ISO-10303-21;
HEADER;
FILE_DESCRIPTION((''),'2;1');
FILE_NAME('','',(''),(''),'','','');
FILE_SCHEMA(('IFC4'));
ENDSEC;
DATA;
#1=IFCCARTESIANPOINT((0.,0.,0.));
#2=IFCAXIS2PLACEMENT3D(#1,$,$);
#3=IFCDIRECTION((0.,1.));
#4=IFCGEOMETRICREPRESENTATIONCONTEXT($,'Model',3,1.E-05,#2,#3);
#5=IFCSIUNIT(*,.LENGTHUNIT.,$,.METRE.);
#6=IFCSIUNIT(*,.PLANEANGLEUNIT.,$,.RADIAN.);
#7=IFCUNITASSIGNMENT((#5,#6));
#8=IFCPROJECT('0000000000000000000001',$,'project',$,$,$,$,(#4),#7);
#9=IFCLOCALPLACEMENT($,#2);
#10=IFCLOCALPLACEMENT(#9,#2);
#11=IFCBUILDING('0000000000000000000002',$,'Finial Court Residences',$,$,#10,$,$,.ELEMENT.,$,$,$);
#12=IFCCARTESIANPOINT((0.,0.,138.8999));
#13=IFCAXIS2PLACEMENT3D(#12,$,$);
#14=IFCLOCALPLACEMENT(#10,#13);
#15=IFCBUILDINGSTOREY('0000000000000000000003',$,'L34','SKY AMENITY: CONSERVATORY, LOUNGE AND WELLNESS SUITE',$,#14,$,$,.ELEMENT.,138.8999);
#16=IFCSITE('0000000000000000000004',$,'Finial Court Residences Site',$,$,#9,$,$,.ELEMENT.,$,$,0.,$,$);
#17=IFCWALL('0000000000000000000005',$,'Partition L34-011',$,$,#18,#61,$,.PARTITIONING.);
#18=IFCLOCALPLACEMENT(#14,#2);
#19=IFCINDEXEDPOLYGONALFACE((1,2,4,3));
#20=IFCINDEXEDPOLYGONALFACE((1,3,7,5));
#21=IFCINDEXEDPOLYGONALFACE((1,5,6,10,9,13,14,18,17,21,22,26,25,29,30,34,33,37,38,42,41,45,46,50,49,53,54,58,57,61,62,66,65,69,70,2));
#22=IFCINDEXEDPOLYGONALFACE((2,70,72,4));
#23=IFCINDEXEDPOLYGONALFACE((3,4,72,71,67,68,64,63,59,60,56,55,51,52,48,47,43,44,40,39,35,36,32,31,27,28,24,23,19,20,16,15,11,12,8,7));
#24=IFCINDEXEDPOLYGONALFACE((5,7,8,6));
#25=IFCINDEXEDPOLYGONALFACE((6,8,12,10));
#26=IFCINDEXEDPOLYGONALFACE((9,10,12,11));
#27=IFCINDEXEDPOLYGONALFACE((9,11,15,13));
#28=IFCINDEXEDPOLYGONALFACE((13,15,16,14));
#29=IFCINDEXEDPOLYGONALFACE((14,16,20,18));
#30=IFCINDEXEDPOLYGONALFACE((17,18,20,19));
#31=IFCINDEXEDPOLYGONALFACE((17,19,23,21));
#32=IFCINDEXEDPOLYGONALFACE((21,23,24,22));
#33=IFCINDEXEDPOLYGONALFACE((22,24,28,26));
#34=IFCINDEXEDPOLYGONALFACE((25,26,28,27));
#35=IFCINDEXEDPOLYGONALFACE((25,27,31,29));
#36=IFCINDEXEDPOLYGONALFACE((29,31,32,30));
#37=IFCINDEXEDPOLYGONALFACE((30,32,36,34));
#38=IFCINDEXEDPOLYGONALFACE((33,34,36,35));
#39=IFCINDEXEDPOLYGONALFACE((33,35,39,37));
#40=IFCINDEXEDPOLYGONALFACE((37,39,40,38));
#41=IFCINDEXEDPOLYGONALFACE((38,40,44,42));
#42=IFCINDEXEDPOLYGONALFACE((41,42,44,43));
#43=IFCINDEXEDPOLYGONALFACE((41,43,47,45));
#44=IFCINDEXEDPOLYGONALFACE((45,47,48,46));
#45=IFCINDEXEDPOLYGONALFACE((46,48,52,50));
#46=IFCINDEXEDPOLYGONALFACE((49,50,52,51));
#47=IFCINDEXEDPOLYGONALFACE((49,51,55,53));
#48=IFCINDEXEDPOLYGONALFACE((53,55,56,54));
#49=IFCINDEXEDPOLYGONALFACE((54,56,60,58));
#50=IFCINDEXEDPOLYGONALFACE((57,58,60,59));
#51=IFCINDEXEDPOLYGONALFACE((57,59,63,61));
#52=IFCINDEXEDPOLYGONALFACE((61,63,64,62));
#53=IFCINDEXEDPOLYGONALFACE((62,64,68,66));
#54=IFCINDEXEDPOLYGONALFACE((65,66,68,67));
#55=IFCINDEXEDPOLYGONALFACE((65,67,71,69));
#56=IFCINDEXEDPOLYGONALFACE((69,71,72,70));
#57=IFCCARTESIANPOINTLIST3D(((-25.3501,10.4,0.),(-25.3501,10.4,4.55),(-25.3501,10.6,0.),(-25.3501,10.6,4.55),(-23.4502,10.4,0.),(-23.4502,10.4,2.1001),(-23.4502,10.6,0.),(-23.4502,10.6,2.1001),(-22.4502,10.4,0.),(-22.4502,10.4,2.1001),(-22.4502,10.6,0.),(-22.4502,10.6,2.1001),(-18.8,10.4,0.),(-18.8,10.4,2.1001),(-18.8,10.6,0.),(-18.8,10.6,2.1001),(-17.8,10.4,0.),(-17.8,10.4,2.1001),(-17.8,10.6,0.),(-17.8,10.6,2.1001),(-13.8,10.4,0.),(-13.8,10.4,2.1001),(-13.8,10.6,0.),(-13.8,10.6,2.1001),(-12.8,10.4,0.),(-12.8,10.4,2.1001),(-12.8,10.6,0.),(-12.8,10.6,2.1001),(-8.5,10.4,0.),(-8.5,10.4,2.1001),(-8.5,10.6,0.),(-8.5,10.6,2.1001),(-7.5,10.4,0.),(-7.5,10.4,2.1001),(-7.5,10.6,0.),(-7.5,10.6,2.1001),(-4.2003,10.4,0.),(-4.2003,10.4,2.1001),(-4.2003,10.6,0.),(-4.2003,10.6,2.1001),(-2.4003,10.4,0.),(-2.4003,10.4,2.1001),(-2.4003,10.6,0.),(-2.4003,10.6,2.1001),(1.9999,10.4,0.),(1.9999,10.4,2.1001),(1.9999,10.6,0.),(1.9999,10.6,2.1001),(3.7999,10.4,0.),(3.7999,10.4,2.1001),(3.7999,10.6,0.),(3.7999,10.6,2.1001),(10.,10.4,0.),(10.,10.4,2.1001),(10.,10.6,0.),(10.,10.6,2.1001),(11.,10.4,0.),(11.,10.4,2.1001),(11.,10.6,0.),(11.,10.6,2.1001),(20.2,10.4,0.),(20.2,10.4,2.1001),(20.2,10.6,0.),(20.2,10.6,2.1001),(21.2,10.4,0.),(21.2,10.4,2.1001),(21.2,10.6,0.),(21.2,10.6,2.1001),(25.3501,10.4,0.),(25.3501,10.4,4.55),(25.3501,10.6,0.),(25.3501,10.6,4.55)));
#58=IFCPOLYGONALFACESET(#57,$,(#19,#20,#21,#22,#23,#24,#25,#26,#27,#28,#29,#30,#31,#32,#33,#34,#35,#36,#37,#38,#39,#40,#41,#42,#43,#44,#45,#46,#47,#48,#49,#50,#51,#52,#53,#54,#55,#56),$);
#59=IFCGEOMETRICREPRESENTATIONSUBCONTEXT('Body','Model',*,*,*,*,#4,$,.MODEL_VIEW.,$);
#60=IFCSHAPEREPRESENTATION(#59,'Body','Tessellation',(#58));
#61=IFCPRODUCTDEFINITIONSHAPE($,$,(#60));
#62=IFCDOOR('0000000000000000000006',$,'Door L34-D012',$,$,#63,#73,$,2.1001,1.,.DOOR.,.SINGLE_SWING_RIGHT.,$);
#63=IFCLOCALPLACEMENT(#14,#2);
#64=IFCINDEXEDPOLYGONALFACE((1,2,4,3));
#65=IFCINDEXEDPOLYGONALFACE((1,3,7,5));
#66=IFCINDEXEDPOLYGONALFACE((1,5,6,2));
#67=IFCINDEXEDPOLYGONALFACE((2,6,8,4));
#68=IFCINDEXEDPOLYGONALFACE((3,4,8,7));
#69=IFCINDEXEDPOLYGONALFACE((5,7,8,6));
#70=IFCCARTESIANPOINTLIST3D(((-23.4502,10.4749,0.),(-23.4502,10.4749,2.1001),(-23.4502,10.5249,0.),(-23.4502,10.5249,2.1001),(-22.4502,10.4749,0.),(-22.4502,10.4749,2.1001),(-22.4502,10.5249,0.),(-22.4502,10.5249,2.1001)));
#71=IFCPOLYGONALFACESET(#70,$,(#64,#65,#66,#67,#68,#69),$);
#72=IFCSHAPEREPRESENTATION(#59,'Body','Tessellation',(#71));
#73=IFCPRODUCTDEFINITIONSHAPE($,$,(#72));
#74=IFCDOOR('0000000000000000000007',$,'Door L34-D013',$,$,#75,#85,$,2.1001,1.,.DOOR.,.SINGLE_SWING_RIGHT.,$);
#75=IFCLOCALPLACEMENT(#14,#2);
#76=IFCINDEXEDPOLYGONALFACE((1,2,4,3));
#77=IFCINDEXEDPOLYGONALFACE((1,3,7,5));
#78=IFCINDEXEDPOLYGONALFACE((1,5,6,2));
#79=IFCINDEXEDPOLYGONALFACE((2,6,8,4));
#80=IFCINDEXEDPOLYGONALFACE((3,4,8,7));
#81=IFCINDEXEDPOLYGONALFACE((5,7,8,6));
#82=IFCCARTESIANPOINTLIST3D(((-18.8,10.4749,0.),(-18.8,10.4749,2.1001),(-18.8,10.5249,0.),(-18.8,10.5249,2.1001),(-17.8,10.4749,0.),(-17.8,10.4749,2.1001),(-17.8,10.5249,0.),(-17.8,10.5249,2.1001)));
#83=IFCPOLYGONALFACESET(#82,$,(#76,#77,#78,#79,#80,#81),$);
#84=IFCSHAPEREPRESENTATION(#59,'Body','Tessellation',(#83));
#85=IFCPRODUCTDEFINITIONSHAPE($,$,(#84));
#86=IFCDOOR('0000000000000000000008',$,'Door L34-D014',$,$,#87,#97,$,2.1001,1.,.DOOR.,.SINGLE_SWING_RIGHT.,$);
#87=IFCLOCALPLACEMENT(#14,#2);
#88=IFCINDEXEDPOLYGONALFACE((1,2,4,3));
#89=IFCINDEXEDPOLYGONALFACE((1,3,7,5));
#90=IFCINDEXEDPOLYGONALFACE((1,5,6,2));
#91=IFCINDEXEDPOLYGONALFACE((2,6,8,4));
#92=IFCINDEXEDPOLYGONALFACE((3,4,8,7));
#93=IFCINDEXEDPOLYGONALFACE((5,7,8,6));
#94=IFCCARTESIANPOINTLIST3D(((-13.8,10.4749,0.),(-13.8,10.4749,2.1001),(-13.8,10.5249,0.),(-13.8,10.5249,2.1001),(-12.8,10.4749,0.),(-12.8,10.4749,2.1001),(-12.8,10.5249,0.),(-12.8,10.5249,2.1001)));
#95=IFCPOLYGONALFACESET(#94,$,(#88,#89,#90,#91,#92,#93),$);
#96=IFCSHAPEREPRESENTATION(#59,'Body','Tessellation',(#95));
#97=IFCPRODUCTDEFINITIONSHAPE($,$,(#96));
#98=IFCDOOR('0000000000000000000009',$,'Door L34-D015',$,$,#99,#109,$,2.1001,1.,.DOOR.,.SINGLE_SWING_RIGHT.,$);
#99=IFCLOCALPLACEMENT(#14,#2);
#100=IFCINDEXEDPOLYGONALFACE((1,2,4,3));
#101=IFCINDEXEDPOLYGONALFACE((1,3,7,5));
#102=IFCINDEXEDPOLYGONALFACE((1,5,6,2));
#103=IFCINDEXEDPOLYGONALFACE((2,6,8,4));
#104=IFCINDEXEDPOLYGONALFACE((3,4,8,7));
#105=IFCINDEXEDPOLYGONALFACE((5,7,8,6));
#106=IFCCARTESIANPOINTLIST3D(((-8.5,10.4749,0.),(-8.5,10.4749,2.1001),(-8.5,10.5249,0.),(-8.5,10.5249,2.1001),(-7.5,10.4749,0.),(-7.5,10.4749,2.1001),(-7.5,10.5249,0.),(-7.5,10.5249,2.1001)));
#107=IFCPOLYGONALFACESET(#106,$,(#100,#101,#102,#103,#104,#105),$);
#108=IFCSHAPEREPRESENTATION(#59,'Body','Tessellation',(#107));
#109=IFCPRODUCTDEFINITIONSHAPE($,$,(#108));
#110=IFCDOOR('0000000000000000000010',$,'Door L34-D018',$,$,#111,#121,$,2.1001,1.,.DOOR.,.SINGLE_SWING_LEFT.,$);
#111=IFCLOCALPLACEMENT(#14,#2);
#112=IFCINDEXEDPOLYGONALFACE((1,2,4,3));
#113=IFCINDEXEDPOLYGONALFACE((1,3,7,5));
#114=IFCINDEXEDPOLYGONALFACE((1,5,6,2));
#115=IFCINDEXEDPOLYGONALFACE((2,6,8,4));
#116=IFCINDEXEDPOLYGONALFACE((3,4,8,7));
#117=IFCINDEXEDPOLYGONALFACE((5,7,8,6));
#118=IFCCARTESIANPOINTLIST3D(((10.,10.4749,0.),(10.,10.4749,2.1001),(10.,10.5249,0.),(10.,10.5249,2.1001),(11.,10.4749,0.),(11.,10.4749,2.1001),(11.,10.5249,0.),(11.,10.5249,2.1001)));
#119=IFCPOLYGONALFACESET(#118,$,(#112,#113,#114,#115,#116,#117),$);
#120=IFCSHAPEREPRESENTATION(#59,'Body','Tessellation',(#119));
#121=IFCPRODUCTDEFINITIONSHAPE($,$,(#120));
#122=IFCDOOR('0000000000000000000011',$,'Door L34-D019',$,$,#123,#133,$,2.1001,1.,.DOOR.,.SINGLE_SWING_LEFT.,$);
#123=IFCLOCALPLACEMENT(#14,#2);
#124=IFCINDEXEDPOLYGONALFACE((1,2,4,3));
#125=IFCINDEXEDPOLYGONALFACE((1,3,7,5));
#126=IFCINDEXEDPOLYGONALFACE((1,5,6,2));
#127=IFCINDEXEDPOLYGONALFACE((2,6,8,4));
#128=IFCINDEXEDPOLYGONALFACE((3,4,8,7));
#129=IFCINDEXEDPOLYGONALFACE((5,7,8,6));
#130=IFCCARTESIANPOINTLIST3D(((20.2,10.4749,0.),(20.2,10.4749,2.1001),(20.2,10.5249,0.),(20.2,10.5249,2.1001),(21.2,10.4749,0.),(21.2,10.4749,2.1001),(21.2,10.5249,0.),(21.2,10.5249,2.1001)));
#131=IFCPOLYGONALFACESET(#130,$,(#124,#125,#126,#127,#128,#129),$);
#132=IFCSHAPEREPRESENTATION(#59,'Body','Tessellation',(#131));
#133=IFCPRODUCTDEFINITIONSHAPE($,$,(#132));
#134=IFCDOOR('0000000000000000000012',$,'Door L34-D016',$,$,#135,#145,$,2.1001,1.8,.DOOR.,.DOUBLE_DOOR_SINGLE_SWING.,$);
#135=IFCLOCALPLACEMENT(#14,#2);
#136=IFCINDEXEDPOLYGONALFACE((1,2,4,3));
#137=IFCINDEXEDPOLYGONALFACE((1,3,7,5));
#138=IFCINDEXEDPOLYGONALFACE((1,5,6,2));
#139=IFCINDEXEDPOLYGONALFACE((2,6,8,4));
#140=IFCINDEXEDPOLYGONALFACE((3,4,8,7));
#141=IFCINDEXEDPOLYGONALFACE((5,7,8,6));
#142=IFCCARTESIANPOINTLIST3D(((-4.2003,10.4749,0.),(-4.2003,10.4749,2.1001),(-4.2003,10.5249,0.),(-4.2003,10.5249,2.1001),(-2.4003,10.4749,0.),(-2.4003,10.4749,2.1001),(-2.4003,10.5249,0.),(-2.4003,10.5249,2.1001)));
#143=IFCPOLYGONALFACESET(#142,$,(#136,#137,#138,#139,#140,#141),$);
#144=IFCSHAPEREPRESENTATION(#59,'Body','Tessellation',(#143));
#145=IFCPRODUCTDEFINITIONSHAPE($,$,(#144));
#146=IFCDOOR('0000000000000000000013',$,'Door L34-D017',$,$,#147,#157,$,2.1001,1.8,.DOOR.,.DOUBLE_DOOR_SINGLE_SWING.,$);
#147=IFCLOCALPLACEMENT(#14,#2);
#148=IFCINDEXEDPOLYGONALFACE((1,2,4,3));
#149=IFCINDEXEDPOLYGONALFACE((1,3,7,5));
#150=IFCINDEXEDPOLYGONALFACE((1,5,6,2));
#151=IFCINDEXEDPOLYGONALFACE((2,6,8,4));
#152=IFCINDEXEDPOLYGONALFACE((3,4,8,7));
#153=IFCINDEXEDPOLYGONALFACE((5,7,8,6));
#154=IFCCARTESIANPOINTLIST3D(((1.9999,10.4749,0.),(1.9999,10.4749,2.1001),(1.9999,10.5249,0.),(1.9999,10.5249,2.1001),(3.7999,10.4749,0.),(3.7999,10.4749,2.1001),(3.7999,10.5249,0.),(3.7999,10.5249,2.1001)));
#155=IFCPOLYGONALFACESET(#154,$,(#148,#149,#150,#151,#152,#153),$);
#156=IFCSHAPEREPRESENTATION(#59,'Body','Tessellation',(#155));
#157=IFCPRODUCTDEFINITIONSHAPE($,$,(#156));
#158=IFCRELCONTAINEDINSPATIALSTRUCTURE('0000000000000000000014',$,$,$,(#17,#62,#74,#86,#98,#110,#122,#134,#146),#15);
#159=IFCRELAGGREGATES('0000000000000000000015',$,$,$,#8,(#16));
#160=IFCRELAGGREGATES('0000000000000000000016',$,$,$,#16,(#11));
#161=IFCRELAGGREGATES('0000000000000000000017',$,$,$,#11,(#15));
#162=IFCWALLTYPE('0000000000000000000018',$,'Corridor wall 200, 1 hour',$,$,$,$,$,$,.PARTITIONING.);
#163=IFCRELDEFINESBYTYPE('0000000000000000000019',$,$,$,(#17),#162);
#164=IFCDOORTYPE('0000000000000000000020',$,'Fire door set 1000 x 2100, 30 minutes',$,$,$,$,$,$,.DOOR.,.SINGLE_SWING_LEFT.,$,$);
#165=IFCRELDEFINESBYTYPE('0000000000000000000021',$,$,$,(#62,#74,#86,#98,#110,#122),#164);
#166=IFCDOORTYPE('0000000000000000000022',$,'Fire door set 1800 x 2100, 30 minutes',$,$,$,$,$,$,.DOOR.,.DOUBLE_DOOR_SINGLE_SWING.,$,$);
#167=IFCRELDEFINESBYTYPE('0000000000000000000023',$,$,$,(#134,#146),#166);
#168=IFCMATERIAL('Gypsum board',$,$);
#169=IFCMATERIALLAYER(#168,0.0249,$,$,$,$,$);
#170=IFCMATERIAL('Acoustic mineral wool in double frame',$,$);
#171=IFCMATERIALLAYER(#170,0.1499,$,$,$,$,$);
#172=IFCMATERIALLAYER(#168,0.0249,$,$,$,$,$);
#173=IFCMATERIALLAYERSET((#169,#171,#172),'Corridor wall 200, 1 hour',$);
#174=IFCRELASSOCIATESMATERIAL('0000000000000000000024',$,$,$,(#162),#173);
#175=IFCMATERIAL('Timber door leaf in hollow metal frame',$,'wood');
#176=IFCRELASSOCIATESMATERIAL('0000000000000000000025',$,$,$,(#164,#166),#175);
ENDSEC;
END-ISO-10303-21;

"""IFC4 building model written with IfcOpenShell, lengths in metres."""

from ifc_helpers import new_model, si_unit, direction, frame, frame_2d, origin, place, context, subcontext, project, spatial, rectangle, extrude, material, layer, layer_set, type_object, element, fill, save


model = new_model("IFC4")

# Units and contexts
model_context = context("Model", 3, precision=1e-05, world=origin(), true_north=direction((0.0, 1.0)))
body_context = subcontext(model_context, "Body", "Model", "MODEL_VIEW")
ifc_project = project(units=[si_unit("LENGTHUNIT", "METRE"), si_unit("PLANEANGLEUNIT", "RADIAN")], contexts=[model_context])

# Site, building, storey
site_placement = place(None, origin())
site = spatial("IfcSite", under=ifc_project, at=site_placement, Name="Finial Court Residences Site", CompositionType="ELEMENT", RefElevation=0.0)
building_placement = place(site_placement, origin())
building = spatial("IfcBuilding", under=site, at=building_placement, Name="Finial Court Residences", CompositionType="ELEMENT")
storey_placement = place(building_placement, frame((0.0, 0.0, 138.8999)))
storey = spatial("IfcBuildingStorey", under=building, at=storey_placement, Name="L34", Description="SKY AMENITY: CONSERVATORY, LOUNGE AND WELLNESS SUITE", CompositionType="ELEMENT", Elevation=138.8999)

# Wall, openings, doors
ifc_material_1 = material(Name="Gypsum board")
ifc_layer_1 = layer(ifc_material_1, 0.0249)
ifc_material_2 = material(Name="Acoustic mineral wool in double frame")
ifc_layer_2 = layer(ifc_material_2, 0.1499)
ifc_layer_3 = layer(ifc_material_1, 0.0249)
ifc_layer_set_1 = layer_set([ifc_layer_1, ifc_layer_2, ifc_layer_3], Name="Corridor wall 200, 1 hour")
wall_type = type_object("IfcWallType", Name="Corridor wall 200, 1 hour", PredefinedType="PARTITIONING", material=ifc_layer_set_1)
wall_placement = place(storey_placement, frame((-25.3501, 10.5, 0.0), z_axis=(0.0, 0.0, 1.0), x_axis=(1.0, 0.0, 0.0)))
wall = element("IfcWall", 1, at=wall_placement, inside=storey, type_object=wall_type, Name="Partition L34-011", PredefinedType="PARTITIONING", context=body_context, shape_type="SweptSolid", body=[
    extrude(rectangle(XDim=50.7002, YDim=0.2, at=frame_2d((25.3501, 0.0))), origin(), (0.0, 0.0, 1.0), 4.55),
])
opening_1_placement = place(wall_placement, frame((1.8999, 0.0, 0.0)))
opening_1 = element("IfcOpeningElement", 2, at=opening_1_placement, cuts=wall, PredefinedType="OPENING", context=body_context, shape_type="SweptSolid", body=[
    extrude(rectangle(XDim=1.0, YDim=2.1001, at=frame_2d((0.5, 1.05))), frame((0.0, 0.1099, 0.0), z_axis=(0.0, -1.0, 0.0), x_axis=(1.0, 0.0, 0.0)), (0.0, 0.0, 1.0), 0.22),
])
opening_2_placement = place(wall_placement, frame((6.55, 0.0, 0.0)))
opening_2 = element("IfcOpeningElement", 3, at=opening_2_placement, cuts=wall, PredefinedType="OPENING", context=body_context, shape_type="SweptSolid", body=[
    extrude(rectangle(XDim=1.0, YDim=2.1001, at=frame_2d((0.5, 1.05))), frame((0.0, 0.1099, 0.0), z_axis=(0.0, -1.0, 0.0), x_axis=(1.0, 0.0, 0.0)), (0.0, 0.0, 1.0), 0.22),
])
opening_3_placement = place(wall_placement, frame((11.55, 0.0, 0.0)))
opening_3 = element("IfcOpeningElement", 4, at=opening_3_placement, cuts=wall, PredefinedType="OPENING", context=body_context, shape_type="SweptSolid", body=[
    extrude(rectangle(XDim=1.0, YDim=2.1001, at=frame_2d((0.5, 1.05))), frame((0.0, 0.1099, 0.0), z_axis=(0.0, -1.0, 0.0), x_axis=(1.0, 0.0, 0.0)), (0.0, 0.0, 1.0), 0.22),
])
opening_4_placement = place(wall_placement, frame((16.8501, 0.0, 0.0)))
opening_4 = element("IfcOpeningElement", 5, at=opening_4_placement, cuts=wall, PredefinedType="OPENING", context=body_context, shape_type="SweptSolid", body=[
    extrude(rectangle(XDim=1.0, YDim=2.1001, at=frame_2d((0.5, 1.05))), frame((0.0, 0.1099, 0.0), z_axis=(0.0, -1.0, 0.0), x_axis=(1.0, 0.0, 0.0)), (0.0, 0.0, 1.0), 0.22),
])
opening_5_placement = place(wall_placement, frame((21.1499, 0.0, 0.0)))
opening_5 = element("IfcOpeningElement", 6, at=opening_5_placement, cuts=wall, PredefinedType="OPENING", context=body_context, shape_type="SweptSolid", body=[
    extrude(rectangle(XDim=1.8, YDim=2.1001, at=frame_2d((0.8999, 1.05))), frame((0.0, 0.1099, 0.0), z_axis=(0.0, -1.0, 0.0), x_axis=(1.0, 0.0, 0.0)), (0.0, 0.0, 1.0), 0.22),
])
opening_6_placement = place(wall_placement, frame((27.3501, 0.0, 0.0)))
opening_6 = element("IfcOpeningElement", 7, at=opening_6_placement, cuts=wall, PredefinedType="OPENING", context=body_context, shape_type="SweptSolid", body=[
    extrude(rectangle(XDim=1.8, YDim=2.1001, at=frame_2d((0.8999, 1.05))), frame((0.0, 0.1099, 0.0), z_axis=(0.0, -1.0, 0.0), x_axis=(1.0, 0.0, 0.0)), (0.0, 0.0, 1.0), 0.22),
])
opening_7_placement = place(wall_placement, frame((35.3501, 0.0, 0.0)))
opening_7 = element("IfcOpeningElement", 8, at=opening_7_placement, cuts=wall, PredefinedType="OPENING", context=body_context, shape_type="SweptSolid", body=[
    extrude(rectangle(XDim=1.0, YDim=2.1001, at=frame_2d((0.5, 1.05))), frame((0.0, 0.1099, 0.0), z_axis=(0.0, -1.0, 0.0), x_axis=(1.0, 0.0, 0.0)), (0.0, 0.0, 1.0), 0.22),
])
opening_8_placement = place(wall_placement, frame((45.55, 0.0, 0.0)))
opening_8 = element("IfcOpeningElement", 9, at=opening_8_placement, cuts=wall, PredefinedType="OPENING", context=body_context, shape_type="SweptSolid", body=[
    extrude(rectangle(XDim=1.0, YDim=2.1001, at=frame_2d((0.5, 1.05))), frame((0.0, 0.1099, 0.0), z_axis=(0.0, -1.0, 0.0), x_axis=(1.0, 0.0, 0.0)), (0.0, 0.0, 1.0), 0.22),
])
ifc_material_3 = material(Name="Timber door leaf in hollow metal frame", Category="wood")
door_type_1 = type_object("IfcDoorType", Name="Fire door set 1000 x 2100, 30 minutes", OperationType="SINGLE_SWING_LEFT", PredefinedType="DOOR", material=ifc_material_3)
door_1_placement = place(opening_1_placement, origin())
door_1 = element("IfcDoor", 10, at=door_1_placement, inside=storey, type_object=door_type_1, Name="Door L34-D012", OperationType="SINGLE_SWING_RIGHT", OverallHeight=2.1001, OverallWidth=1.0, PredefinedType="DOOR", context=body_context, shape_type="SweptSolid", body=[
    extrude(rectangle(XDim=1.0, YDim=2.1001, at=frame_2d((0.5, 1.05))), frame((0.0, 0.0249, 0.0), z_axis=(0.0, -1.0, 0.0), x_axis=(1.0, 0.0, 0.0)), (0.0, 0.0, 1.0), 0.05),
])
fill(opening_1, door_1)
door_2_placement = place(opening_2_placement, origin())
door_2 = element("IfcDoor", 11, at=door_2_placement, inside=storey, type_object=door_type_1, Name="Door L34-D013", OperationType="SINGLE_SWING_RIGHT", OverallHeight=2.1001, OverallWidth=1.0, PredefinedType="DOOR", context=body_context, shape_type="SweptSolid", body=[
    extrude(rectangle(XDim=1.0, YDim=2.1001, at=frame_2d((0.5, 1.05))), frame((0.0, 0.0249, 0.0), z_axis=(0.0, -1.0, 0.0), x_axis=(1.0, 0.0, 0.0)), (0.0, 0.0, 1.0), 0.05),
])
fill(opening_2, door_2)
door_3_placement = place(opening_3_placement, origin())
door_3 = element("IfcDoor", 12, at=door_3_placement, inside=storey, type_object=door_type_1, Name="Door L34-D014", OperationType="SINGLE_SWING_RIGHT", OverallHeight=2.1001, OverallWidth=1.0, PredefinedType="DOOR", context=body_context, shape_type="SweptSolid", body=[
    extrude(rectangle(XDim=1.0, YDim=2.1001, at=frame_2d((0.5, 1.05))), frame((0.0, 0.0249, 0.0), z_axis=(0.0, -1.0, 0.0), x_axis=(1.0, 0.0, 0.0)), (0.0, 0.0, 1.0), 0.05),
])
fill(opening_3, door_3)
door_4_placement = place(opening_4_placement, origin())
door_4 = element("IfcDoor", 13, at=door_4_placement, inside=storey, type_object=door_type_1, Name="Door L34-D015", OperationType="SINGLE_SWING_RIGHT", OverallHeight=2.1001, OverallWidth=1.0, PredefinedType="DOOR", context=body_context, shape_type="SweptSolid", body=[
    extrude(rectangle(XDim=1.0, YDim=2.1001, at=frame_2d((0.5, 1.05))), frame((0.0, 0.0249, 0.0), z_axis=(0.0, -1.0, 0.0), x_axis=(1.0, 0.0, 0.0)), (0.0, 0.0, 1.0), 0.05),
])
fill(opening_4, door_4)
door_5_placement = place(opening_7_placement, origin())
door_5 = element("IfcDoor", 14, at=door_5_placement, inside=storey, type_object=door_type_1, Name="Door L34-D018", OperationType="SINGLE_SWING_LEFT", OverallHeight=2.1001, OverallWidth=1.0, PredefinedType="DOOR", context=body_context, shape_type="SweptSolid", body=[
    extrude(rectangle(XDim=1.0, YDim=2.1001, at=frame_2d((0.5, 1.05))), frame((0.0, 0.0249, 0.0), z_axis=(0.0, -1.0, 0.0), x_axis=(1.0, 0.0, 0.0)), (0.0, 0.0, 1.0), 0.05),
])
fill(opening_7, door_5)
door_6_placement = place(opening_8_placement, origin())
door_6 = element("IfcDoor", 15, at=door_6_placement, inside=storey, type_object=door_type_1, Name="Door L34-D019", OperationType="SINGLE_SWING_LEFT", OverallHeight=2.1001, OverallWidth=1.0, PredefinedType="DOOR", context=body_context, shape_type="SweptSolid", body=[
    extrude(rectangle(XDim=1.0, YDim=2.1001, at=frame_2d((0.5, 1.05))), frame((0.0, 0.0249, 0.0), z_axis=(0.0, -1.0, 0.0), x_axis=(1.0, 0.0, 0.0)), (0.0, 0.0, 1.0), 0.05),
])
fill(opening_8, door_6)
door_type_2 = type_object("IfcDoorType", Name="Fire door set 1800 x 2100, 30 minutes", OperationType="DOUBLE_DOOR_SINGLE_SWING", PredefinedType="DOOR", material=ifc_material_3)
door_7_placement = place(opening_5_placement, origin())
door_7 = element("IfcDoor", 16, at=door_7_placement, inside=storey, type_object=door_type_2, Name="Door L34-D016", OperationType="DOUBLE_DOOR_SINGLE_SWING", OverallHeight=2.1001, OverallWidth=1.8, PredefinedType="DOOR", context=body_context, shape_type="SweptSolid", body=[
    extrude(rectangle(XDim=1.8, YDim=2.1001, at=frame_2d((0.8999, 1.05))), frame((0.0, 0.0249, 0.0), z_axis=(0.0, -1.0, 0.0), x_axis=(1.0, 0.0, 0.0)), (0.0, 0.0, 1.0), 0.05),
])
fill(opening_5, door_7)
door_8_placement = place(opening_6_placement, origin())
door_8 = element("IfcDoor", 17, at=door_8_placement, inside=storey, type_object=door_type_2, Name="Door L34-D017", OperationType="DOUBLE_DOOR_SINGLE_SWING", OverallHeight=2.1001, OverallWidth=1.8, PredefinedType="DOOR", context=body_context, shape_type="SweptSolid", body=[
    extrude(rectangle(XDim=1.8, YDim=2.1001, at=frame_2d((0.8999, 1.05))), frame((0.0, 0.0249, 0.0), z_axis=(0.0, -1.0, 0.0), x_axis=(1.0, 0.0, 0.0)), (0.0, 0.0, 1.0), 0.05),
])
fill(opening_6, door_8)

save(model, "model.ifc")
